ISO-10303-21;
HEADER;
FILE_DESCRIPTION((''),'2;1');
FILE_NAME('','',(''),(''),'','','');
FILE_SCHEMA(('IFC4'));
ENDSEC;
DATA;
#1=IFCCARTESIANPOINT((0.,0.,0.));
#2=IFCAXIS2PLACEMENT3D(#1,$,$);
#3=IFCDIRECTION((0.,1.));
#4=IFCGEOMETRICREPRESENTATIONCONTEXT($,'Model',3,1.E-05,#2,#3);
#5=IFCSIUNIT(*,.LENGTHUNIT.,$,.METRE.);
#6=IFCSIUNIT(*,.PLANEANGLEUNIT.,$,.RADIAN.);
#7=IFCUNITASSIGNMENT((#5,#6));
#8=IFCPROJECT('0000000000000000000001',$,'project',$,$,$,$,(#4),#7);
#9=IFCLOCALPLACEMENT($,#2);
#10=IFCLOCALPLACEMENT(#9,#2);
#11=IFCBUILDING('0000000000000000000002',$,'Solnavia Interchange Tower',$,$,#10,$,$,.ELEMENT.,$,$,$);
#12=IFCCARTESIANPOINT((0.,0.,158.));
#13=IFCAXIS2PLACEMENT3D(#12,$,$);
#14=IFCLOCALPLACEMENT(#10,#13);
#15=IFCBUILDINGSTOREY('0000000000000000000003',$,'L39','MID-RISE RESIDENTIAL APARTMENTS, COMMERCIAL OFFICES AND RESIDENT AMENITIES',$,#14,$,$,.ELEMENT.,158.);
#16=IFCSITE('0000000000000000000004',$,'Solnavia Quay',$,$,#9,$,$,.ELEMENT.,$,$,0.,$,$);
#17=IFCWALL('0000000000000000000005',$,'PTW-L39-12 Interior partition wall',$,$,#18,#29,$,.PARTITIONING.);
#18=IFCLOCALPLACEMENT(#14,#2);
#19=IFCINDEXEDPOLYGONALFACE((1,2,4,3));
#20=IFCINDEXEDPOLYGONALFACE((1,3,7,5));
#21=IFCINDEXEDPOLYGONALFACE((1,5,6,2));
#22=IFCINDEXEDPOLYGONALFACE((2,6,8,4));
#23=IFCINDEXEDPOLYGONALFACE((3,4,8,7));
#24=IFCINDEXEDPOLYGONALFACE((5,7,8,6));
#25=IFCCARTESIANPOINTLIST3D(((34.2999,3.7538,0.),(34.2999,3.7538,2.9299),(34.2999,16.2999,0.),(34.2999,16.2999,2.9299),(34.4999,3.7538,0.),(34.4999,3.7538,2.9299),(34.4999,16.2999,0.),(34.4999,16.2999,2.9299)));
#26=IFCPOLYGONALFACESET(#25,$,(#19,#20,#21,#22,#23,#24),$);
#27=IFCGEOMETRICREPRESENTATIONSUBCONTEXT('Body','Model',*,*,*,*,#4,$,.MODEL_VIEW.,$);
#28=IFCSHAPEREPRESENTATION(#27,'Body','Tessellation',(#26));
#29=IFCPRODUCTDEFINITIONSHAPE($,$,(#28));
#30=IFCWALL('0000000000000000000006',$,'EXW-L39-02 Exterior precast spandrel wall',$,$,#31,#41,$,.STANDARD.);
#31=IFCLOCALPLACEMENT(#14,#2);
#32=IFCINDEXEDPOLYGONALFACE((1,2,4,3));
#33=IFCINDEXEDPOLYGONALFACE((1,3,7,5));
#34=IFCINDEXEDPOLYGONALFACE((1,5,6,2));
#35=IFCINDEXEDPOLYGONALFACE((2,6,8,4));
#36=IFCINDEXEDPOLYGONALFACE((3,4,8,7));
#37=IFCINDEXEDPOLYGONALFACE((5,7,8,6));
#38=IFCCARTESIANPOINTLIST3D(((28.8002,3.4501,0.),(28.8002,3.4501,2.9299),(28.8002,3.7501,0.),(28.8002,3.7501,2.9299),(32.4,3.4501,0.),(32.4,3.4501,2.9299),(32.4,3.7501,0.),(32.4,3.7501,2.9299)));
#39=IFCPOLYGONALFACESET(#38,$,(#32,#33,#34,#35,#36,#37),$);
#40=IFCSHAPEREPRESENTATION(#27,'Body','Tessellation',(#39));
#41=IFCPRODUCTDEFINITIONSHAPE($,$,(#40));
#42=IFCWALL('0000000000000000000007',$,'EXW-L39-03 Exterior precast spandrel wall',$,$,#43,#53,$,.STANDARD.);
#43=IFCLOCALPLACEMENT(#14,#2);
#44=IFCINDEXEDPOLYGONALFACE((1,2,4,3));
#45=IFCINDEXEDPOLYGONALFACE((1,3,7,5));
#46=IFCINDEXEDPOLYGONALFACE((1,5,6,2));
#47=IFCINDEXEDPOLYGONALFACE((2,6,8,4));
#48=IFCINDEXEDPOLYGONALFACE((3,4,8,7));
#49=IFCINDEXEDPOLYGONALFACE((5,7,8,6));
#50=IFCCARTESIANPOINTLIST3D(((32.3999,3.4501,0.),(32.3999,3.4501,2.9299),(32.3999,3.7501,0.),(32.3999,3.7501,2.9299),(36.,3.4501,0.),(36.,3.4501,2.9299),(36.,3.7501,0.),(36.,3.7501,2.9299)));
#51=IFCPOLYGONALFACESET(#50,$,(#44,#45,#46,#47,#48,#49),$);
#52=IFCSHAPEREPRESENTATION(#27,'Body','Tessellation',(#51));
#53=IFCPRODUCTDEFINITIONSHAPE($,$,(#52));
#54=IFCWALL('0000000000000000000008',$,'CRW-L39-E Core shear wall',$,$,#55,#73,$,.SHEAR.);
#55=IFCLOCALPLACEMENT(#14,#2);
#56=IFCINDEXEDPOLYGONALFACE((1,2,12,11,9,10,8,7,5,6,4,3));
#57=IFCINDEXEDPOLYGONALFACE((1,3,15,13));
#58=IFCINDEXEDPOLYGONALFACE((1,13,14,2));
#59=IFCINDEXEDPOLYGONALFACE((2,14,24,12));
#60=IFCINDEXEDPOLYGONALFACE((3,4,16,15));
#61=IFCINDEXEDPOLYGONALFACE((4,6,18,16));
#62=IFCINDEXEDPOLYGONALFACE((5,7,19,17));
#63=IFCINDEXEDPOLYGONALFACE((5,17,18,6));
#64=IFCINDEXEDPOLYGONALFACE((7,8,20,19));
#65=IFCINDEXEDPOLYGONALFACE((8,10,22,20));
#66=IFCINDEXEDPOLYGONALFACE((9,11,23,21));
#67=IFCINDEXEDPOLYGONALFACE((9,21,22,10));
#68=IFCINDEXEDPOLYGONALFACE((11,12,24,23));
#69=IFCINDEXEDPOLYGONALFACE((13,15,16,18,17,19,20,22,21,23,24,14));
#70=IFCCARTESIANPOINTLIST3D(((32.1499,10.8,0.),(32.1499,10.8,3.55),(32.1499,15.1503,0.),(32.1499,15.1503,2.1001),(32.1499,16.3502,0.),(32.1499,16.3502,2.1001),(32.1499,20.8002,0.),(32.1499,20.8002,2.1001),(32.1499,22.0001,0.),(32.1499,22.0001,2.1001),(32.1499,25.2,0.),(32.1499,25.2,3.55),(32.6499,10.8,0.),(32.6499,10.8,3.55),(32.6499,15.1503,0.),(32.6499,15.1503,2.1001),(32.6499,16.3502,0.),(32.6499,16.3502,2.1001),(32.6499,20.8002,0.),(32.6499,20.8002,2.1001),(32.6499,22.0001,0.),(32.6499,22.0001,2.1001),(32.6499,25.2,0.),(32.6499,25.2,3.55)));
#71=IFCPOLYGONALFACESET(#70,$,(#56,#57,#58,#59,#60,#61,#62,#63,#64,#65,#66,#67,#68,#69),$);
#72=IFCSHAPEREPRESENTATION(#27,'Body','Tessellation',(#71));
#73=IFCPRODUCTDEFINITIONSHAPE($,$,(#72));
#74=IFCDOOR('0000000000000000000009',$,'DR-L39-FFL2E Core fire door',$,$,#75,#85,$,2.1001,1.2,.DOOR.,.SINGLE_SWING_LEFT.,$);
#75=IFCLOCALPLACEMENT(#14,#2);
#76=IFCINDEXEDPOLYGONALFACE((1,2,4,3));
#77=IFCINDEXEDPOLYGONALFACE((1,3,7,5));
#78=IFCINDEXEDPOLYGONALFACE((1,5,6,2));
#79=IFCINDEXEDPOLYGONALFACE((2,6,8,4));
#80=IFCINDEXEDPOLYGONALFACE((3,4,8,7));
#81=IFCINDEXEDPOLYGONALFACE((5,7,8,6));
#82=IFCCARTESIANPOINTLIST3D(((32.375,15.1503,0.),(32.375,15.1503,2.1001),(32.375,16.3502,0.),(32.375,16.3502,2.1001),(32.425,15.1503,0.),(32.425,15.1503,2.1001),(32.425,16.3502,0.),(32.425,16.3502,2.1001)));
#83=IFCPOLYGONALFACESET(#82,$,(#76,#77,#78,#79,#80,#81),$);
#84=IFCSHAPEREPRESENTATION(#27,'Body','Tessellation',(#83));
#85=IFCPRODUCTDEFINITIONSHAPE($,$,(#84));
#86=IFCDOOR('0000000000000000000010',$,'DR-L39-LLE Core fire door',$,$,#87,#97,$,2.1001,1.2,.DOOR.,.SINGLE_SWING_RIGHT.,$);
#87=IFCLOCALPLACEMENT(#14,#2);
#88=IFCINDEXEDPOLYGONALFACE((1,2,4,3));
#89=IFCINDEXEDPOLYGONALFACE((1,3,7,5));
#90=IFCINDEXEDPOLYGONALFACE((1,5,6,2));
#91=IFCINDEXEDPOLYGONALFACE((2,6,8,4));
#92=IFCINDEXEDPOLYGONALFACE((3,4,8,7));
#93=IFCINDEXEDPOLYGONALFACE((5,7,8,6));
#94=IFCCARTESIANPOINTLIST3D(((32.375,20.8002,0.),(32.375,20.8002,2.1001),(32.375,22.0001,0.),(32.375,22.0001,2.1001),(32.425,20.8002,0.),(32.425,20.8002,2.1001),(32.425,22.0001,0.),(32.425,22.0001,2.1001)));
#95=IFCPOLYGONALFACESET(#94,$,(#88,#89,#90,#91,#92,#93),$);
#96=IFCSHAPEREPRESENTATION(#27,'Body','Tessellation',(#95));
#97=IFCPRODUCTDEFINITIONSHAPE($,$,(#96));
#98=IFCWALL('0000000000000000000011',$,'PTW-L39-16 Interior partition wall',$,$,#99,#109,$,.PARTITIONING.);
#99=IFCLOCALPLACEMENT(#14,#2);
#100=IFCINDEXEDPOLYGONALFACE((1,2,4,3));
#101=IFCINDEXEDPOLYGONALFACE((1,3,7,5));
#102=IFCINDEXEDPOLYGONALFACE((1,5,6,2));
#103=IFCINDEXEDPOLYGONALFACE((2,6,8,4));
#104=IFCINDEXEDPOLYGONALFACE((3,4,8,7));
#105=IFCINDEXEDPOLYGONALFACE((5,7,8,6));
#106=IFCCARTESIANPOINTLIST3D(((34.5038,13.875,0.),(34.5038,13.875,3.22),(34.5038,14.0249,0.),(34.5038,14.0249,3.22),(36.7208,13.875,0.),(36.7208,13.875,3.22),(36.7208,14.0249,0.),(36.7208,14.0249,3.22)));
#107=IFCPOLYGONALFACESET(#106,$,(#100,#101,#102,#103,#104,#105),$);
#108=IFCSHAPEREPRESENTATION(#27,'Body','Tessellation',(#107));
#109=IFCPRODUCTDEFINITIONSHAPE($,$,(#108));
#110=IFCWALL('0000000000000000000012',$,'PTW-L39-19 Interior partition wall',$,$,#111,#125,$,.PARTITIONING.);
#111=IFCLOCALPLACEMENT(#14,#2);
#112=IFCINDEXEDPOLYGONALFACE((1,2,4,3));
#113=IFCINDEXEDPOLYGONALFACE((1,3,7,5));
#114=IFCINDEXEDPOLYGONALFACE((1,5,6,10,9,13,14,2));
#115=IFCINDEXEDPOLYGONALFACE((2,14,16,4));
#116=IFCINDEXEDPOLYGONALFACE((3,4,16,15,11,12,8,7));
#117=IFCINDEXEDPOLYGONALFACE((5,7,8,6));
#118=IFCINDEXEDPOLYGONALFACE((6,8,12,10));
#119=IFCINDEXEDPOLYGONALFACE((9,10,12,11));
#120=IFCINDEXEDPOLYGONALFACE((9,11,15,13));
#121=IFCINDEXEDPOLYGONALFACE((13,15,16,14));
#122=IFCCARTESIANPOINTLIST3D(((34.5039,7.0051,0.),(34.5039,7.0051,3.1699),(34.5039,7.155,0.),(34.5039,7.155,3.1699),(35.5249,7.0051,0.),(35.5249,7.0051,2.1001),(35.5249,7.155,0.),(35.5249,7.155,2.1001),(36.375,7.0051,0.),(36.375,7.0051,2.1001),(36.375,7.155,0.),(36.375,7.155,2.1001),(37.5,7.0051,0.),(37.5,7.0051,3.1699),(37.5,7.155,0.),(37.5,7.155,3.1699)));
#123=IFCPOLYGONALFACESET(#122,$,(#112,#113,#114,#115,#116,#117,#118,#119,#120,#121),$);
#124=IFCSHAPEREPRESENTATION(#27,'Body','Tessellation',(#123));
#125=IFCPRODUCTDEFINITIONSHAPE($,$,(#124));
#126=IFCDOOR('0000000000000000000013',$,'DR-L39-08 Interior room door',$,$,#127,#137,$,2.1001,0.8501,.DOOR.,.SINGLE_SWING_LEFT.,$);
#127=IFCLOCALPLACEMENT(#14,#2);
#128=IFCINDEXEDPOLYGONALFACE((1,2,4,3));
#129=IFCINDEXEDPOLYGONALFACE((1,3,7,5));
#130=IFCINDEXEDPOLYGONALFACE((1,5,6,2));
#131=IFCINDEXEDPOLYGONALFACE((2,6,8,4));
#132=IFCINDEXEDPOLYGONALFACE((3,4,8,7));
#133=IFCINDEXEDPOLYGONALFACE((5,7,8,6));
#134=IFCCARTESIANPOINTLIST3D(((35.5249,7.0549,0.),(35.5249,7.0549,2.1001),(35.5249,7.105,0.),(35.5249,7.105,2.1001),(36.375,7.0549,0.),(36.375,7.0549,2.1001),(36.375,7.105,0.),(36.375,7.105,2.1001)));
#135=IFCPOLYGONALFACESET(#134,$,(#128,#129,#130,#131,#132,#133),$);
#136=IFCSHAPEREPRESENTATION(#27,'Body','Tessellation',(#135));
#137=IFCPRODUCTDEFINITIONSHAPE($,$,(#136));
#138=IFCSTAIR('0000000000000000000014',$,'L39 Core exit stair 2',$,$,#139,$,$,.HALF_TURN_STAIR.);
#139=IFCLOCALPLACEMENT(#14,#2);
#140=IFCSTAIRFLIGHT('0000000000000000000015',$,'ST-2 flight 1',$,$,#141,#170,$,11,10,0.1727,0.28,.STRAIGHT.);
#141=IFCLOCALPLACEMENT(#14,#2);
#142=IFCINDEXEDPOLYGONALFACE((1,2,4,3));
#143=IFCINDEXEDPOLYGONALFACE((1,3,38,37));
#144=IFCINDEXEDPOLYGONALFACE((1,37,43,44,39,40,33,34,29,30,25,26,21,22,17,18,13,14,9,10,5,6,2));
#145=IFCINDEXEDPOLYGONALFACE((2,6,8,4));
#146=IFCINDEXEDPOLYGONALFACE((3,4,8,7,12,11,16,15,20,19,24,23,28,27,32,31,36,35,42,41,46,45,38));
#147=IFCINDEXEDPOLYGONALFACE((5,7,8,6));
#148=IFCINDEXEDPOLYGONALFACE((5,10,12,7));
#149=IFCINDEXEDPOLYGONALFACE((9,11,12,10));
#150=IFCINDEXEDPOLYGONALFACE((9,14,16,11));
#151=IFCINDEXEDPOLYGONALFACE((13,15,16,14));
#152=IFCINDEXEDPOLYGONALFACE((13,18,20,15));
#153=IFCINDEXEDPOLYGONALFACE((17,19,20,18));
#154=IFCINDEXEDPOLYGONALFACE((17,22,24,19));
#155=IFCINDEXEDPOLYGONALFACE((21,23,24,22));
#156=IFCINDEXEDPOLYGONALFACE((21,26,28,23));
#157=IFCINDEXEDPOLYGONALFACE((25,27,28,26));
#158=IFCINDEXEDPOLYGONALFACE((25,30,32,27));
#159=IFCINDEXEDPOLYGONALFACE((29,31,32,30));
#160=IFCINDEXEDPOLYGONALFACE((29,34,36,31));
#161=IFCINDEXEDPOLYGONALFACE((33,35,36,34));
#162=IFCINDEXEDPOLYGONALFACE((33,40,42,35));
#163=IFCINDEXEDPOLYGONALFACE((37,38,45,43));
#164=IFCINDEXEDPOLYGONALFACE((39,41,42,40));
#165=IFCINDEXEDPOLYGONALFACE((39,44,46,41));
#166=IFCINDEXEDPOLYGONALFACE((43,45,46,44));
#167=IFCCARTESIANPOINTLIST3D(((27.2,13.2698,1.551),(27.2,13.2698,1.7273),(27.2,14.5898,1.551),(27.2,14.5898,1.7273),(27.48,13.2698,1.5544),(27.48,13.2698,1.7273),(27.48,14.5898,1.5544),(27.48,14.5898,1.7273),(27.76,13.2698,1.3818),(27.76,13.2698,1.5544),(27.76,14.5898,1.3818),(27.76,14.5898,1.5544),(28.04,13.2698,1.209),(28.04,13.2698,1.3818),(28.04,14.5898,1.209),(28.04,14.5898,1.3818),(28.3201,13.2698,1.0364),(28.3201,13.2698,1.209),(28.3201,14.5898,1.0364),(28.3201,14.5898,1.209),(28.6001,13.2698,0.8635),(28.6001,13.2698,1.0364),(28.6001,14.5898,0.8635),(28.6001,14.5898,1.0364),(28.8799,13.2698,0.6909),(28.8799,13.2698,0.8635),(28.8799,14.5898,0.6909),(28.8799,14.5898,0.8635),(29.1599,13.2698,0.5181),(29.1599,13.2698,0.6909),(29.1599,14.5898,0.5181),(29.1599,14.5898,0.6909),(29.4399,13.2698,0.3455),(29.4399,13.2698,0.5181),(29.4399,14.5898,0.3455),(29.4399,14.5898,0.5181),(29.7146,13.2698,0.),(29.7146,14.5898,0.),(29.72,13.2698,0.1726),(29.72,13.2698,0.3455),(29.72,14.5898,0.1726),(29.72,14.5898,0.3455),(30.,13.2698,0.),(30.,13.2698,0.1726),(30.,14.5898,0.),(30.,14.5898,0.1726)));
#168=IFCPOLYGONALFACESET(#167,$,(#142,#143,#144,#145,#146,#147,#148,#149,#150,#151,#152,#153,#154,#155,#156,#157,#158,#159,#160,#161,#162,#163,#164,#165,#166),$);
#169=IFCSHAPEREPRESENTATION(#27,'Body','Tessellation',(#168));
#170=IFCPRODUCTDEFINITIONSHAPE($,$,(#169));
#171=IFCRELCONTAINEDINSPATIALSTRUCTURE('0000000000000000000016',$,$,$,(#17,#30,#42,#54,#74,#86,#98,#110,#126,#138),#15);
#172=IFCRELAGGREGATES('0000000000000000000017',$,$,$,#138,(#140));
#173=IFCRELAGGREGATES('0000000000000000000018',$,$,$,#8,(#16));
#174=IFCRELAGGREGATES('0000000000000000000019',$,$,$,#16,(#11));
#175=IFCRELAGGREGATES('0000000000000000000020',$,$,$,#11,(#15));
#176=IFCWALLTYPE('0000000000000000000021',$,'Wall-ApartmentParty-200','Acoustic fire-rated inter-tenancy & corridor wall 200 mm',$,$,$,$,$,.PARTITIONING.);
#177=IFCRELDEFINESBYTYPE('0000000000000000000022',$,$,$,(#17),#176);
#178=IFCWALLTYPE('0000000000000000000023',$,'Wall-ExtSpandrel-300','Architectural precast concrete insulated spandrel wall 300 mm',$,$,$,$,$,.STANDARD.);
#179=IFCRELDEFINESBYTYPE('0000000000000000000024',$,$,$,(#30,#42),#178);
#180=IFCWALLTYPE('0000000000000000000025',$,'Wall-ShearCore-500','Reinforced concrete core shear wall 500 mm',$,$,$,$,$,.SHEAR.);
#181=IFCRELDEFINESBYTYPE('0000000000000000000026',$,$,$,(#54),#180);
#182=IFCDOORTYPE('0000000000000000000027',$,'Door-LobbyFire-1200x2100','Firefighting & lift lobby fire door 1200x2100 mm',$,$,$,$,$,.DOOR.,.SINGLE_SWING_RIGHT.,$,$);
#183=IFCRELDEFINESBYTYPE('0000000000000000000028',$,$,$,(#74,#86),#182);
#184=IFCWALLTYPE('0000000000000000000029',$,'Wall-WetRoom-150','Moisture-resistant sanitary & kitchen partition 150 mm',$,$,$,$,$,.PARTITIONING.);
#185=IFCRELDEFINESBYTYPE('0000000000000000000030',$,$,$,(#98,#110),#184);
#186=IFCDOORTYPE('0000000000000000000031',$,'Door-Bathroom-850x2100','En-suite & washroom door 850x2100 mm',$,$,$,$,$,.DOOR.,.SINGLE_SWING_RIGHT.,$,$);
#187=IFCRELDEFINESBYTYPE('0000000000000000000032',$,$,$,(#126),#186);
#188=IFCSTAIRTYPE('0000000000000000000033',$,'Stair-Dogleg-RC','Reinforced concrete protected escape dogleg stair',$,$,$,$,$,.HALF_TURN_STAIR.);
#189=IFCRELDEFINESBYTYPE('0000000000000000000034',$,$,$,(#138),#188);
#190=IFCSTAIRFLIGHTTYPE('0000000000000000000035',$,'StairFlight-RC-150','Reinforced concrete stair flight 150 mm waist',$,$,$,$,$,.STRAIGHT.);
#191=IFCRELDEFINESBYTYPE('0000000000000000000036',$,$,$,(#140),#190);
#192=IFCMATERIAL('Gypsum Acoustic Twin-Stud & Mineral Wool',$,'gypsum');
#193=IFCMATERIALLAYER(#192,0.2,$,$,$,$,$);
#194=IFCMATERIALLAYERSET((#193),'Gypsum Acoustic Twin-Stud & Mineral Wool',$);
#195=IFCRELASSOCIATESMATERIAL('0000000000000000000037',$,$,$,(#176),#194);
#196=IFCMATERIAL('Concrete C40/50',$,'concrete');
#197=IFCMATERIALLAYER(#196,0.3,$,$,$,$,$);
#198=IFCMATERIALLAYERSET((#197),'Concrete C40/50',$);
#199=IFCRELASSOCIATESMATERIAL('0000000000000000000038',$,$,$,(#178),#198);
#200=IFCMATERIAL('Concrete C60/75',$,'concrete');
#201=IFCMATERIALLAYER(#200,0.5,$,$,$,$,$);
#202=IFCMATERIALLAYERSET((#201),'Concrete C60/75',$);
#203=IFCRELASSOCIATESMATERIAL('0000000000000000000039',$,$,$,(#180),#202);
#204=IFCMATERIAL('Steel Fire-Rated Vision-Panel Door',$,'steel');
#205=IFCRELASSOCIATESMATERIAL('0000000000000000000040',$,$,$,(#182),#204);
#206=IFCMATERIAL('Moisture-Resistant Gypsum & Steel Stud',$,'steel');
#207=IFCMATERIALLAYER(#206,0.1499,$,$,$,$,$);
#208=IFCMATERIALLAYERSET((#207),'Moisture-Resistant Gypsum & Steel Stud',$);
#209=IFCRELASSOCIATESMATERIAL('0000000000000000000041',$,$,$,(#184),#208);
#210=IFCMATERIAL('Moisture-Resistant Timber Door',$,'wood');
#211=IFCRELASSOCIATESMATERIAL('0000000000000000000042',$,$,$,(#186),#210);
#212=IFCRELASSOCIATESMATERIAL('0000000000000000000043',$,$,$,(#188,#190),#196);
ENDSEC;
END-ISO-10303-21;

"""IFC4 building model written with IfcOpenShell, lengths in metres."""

from ifc_helpers import new_model, si_unit, direction, frame, frame_2d, origin, place, context, subcontext, project, spatial, polyline, rectangle, outline, extrude, material, layer, layer_set, type_object, element, fill, aggregate, save


model = new_model("IFC4")

# Units and contexts
model_context = context("Model", 3, precision=1e-05, world=origin(), true_north=direction((0.0, 1.0)))
body_context = subcontext(model_context, "Body", "Model", "MODEL_VIEW")
ifc_project = project(units=[si_unit("LENGTHUNIT", "METRE"), si_unit("PLANEANGLEUNIT", "RADIAN")], contexts=[model_context])

# Site, building, storey
site_placement = place(None, origin())
site = spatial("IfcSite", under=ifc_project, at=site_placement, Name="Solnavia Quay", CompositionType="ELEMENT", RefElevation=0.0)
building_placement = place(site_placement, origin())
building = spatial("IfcBuilding", under=site, at=building_placement, Name="Solnavia Interchange Tower", CompositionType="ELEMENT")
storey_placement = place(building_placement, frame((0.0, 0.0, 158.0)))
storey = spatial("IfcBuildingStorey", under=building, at=storey_placement, Name="L39", Description="MID-RISE RESIDENTIAL APARTMENTS, COMMERCIAL OFFICES AND RESIDENT AMENITIES", CompositionType="ELEMENT", Elevation=158.0)

# Walls
ifc_material_1 = material(Name="Gypsum Acoustic Twin-Stud & Mineral Wool", Category="gypsum")
ifc_layer_1 = layer(ifc_material_1, 0.2)
ifc_layer_set_1 = layer_set([ifc_layer_1], Name="Gypsum Acoustic Twin-Stud & Mineral Wool")
wall_type_1 = type_object("IfcWallType", Name="Wall-ApartmentParty-200", Description="Acoustic fire-rated inter-tenancy & corridor wall 200 mm", PredefinedType="PARTITIONING", material=ifc_layer_set_1)
wall_1_placement = place(storey_placement, frame((34.3999, 3.7539, 0.0), z_axis=(0.0, 0.0, 1.0), x_axis=(0.0, 1.0, 0.0)))
element("IfcWall", 1, at=wall_1_placement, inside=storey, type_object=wall_type_1, Name="PTW-L39-12 Interior partition wall", PredefinedType="PARTITIONING", context=body_context, shape_type="SweptSolid", body=[
    extrude(rectangle(XDim=12.5461, YDim=0.2, at=frame_2d((6.2729, 0.0))), origin(), (0.0, 0.0, 1.0), 2.9299),
])
ifc_material_2 = material(Name="Concrete C40/50", Category="concrete")
ifc_layer_2 = layer(ifc_material_2, 0.3)
ifc_layer_set_2 = layer_set([ifc_layer_2], Name="Concrete C40/50")
wall_type_2 = type_object("IfcWallType", Name="Wall-ExtSpandrel-300", Description="Architectural precast concrete insulated spandrel wall 300 mm", PredefinedType="STANDARD", material=ifc_layer_set_2)
wall_2_placement = place(storey_placement, frame((32.3999, 3.6001, 0.0), z_axis=(0.0, 0.0, 1.0), x_axis=(-1.0, 0.0, 0.0)))
element("IfcWall", 2, at=wall_2_placement, inside=storey, type_object=wall_type_2, Name="EXW-L39-02 Exterior precast spandrel wall", PredefinedType="STANDARD", context=body_context, shape_type="SweptSolid", body=[
    extrude(rectangle(XDim=3.5999, YDim=0.3, at=frame_2d((1.7998, 0.0))), origin(), (0.0, 0.0, 1.0), 2.9299),
])
wall_3_placement = place(storey_placement, frame((36.0, 3.6001, 0.0), z_axis=(0.0, 0.0, 1.0), x_axis=(-1.0, 0.0, 0.0)))
element("IfcWall", 3, at=wall_3_placement, inside=storey, type_object=wall_type_2, Name="EXW-L39-03 Exterior precast spandrel wall", PredefinedType="STANDARD", context=body_context, shape_type="SweptSolid", body=[
    extrude(rectangle(XDim=3.6001, YDim=0.3, at=frame_2d((1.8, 0.0))), origin(), (0.0, 0.0, 1.0), 2.9299),
])

# Wall, openings, doors
ifc_material_3 = material(Name="Concrete C60/75", Category="concrete")
ifc_layer_3 = layer(ifc_material_3, 0.5)
ifc_layer_set_3 = layer_set([ifc_layer_3], Name="Concrete C60/75")
wall_type_3 = type_object("IfcWallType", Name="Wall-ShearCore-500", Description="Reinforced concrete core shear wall 500 mm", PredefinedType="SHEAR", material=ifc_layer_set_3)
wall_4_placement = place(storey_placement, frame((32.3999, 10.8, 0.0), z_axis=(0.0, 0.0, 1.0), x_axis=(0.0, 1.0, 0.0)))
wall_4 = element("IfcWall", 4, at=wall_4_placement, inside=storey, type_object=wall_type_3, Name="CRW-L39-E Core shear wall", PredefinedType="SHEAR", context=body_context, shape_type="SweptSolid", body=[
    extrude(rectangle(XDim=14.3999, YDim=0.5, at=frame_2d((7.2, 0.0))), origin(), (0.0, 0.0, 1.0), 3.55),
])
opening_1_placement = place(wall_4_placement, frame((4.3501, 0.0, 0.0)))
opening_1 = element("IfcOpeningElement", 5, at=opening_1_placement, cuts=wall_4, PredefinedType="OPENING", context=body_context, shape_type="SweptSolid", body=[
    extrude(rectangle(XDim=1.2, YDim=2.1001, at=frame_2d((0.6001, 1.05))), frame((0.0, 0.26, 0.0), z_axis=(0.0, -1.0, 0.0), x_axis=(1.0, 0.0, 0.0)), (0.0, 0.0, 1.0), 0.52),
])
opening_2_placement = place(wall_4_placement, frame((10.0, 0.0, 0.0)))
opening_2 = element("IfcOpeningElement", 6, at=opening_2_placement, cuts=wall_4, PredefinedType="OPENING", context=body_context, shape_type="SweptSolid", body=[
    extrude(rectangle(XDim=1.2, YDim=2.1001, at=frame_2d((0.6001, 1.05))), frame((0.0, 0.26, 0.0), z_axis=(0.0, -1.0, 0.0), x_axis=(1.0, 0.0, 0.0)), (0.0, 0.0, 1.0), 0.52),
])
ifc_material_4 = material(Name="Steel Fire-Rated Vision-Panel Door", Category="steel")
door_type_1 = type_object("IfcDoorType", Name="Door-LobbyFire-1200x2100", Description="Firefighting & lift lobby fire door 1200x2100 mm", OperationType="SINGLE_SWING_RIGHT", PredefinedType="DOOR", material=ifc_material_4)
door_1_placement = place(opening_1_placement, origin())
door_1 = element("IfcDoor", 7, at=door_1_placement, inside=storey, type_object=door_type_1, Name="DR-L39-FFL2E Core fire door", OperationType="SINGLE_SWING_LEFT", OverallHeight=2.1001, OverallWidth=1.2, PredefinedType="DOOR", context=body_context, shape_type="SweptSolid", body=[
    extrude(rectangle(XDim=1.2, YDim=2.1001, at=frame_2d((0.6001, 1.05))), frame((0.0, 0.0249, 0.0), z_axis=(0.0, -1.0, 0.0), x_axis=(1.0, 0.0, 0.0)), (0.0, 0.0, 1.0), 0.05),
])
fill(opening_1, door_1)
door_2_placement = place(opening_2_placement, origin())
door_2 = element("IfcDoor", 8, at=door_2_placement, inside=storey, type_object=door_type_1, Name="DR-L39-LLE Core fire door", OperationType="SINGLE_SWING_RIGHT", OverallHeight=2.1001, OverallWidth=1.2, PredefinedType="DOOR", context=body_context, shape_type="SweptSolid", body=[
    extrude(rectangle(XDim=1.2, YDim=2.1001, at=frame_2d((0.6001, 1.05))), frame((0.0, 0.0249, 0.0), z_axis=(0.0, -1.0, 0.0), x_axis=(1.0, 0.0, 0.0)), (0.0, 0.0, 1.0), 0.05),
])
fill(opening_2, door_2)

# Wall
ifc_material_5 = material(Name="Moisture-Resistant Gypsum & Steel Stud", Category="steel")
ifc_layer_4 = layer(ifc_material_5, 0.1499)
ifc_layer_set_4 = layer_set([ifc_layer_4], Name="Moisture-Resistant Gypsum & Steel Stud")
wall_type_4 = type_object("IfcWallType", Name="Wall-WetRoom-150", Description="Moisture-resistant sanitary & kitchen partition 150 mm", PredefinedType="PARTITIONING", material=ifc_layer_set_4)
wall_5_placement = place(storey_placement, frame((34.5039, 13.95, 0.0), z_axis=(0.0, 0.0, 1.0), x_axis=(1.0, 0.0, 0.0)))
element("IfcWall", 9, at=wall_5_placement, inside=storey, type_object=wall_type_4, Name="PTW-L39-16 Interior partition wall", PredefinedType="PARTITIONING", context=body_context, shape_type="SweptSolid", body=[
    extrude(rectangle(XDim=2.217, YDim=0.1499, at=frame_2d((1.1084, 0.0))), origin(), (0.0, 0.0, 1.0), 3.22),
])

# Wall, opening, door
wall_6_placement = place(storey_placement, frame((34.5039, 7.0801, 0.0), z_axis=(0.0, 0.0, 1.0), x_axis=(1.0, 0.0, 0.0)))
wall_6 = element("IfcWall", 10, at=wall_6_placement, inside=storey, type_object=wall_type_4, Name="PTW-L39-19 Interior partition wall", PredefinedType="PARTITIONING", context=body_context, shape_type="SweptSolid", body=[
    extrude(rectangle(XDim=2.9961, YDim=0.1499, at=frame_2d((1.498, 0.0))), origin(), (0.0, 0.0, 1.0), 3.1699),
])
opening_3_placement = place(wall_6_placement, frame((1.021, 0.0, 0.0)))
opening_3 = element("IfcOpeningElement", 11, at=opening_3_placement, cuts=wall_6, PredefinedType="OPENING", context=body_context, shape_type="SweptSolid", body=[
    extrude(rectangle(XDim=0.8501, YDim=2.1001, at=frame_2d((0.425, 1.05))), frame((0.0, 0.085, 0.0), z_axis=(0.0, -1.0, 0.0), x_axis=(1.0, 0.0, 0.0)), (0.0, 0.0, 1.0), 0.1699),
])
ifc_material_6 = material(Name="Moisture-Resistant Timber Door", Category="wood")
door_type_2 = type_object("IfcDoorType", Name="Door-Bathroom-850x2100", Description="En-suite & washroom door 850x2100 mm", OperationType="SINGLE_SWING_RIGHT", PredefinedType="DOOR", material=ifc_material_6)
door_3_placement = place(opening_3_placement, origin())
door_3 = element("IfcDoor", 12, at=door_3_placement, inside=storey, type_object=door_type_2, Name="DR-L39-08 Interior room door", OperationType="SINGLE_SWING_LEFT", OverallHeight=2.1001, OverallWidth=0.8501, PredefinedType="DOOR", context=body_context, shape_type="SweptSolid", body=[
    extrude(rectangle(XDim=0.8501, YDim=2.1001, at=frame_2d((0.425, 1.05))), frame((0.0, 0.0249, 0.0), z_axis=(0.0, -1.0, 0.0), x_axis=(1.0, 0.0, 0.0)), (0.0, 0.0, 1.0), 0.05),
])
fill(opening_3, door_3)

# Stair, stair flight
stair_type = type_object("IfcStairType", Name="Stair-Dogleg-RC", Description="Reinforced concrete protected escape dogleg stair", PredefinedType="HALF_TURN_STAIR", material=ifc_material_2)
stair_placement = place(storey_placement, origin())
stair = element("IfcStair", 13, at=stair_placement, inside=storey, type_object=stair_type, Name="L39 Core exit stair 2", PredefinedType="HALF_TURN_STAIR")
stair_flight_type = type_object("IfcStairFlightType", Name="StairFlight-RC-150", Description="Reinforced concrete stair flight 150 mm waist", PredefinedType="STRAIGHT", material=ifc_material_2)
stair_flight_placement = place(storey_placement, frame((30.0, 13.9299, 0.0), z_axis=(0.0, 0.0, 1.0), x_axis=(-1.0, 0.0, 0.0)))
stair_flight = element("IfcStairFlight", 14, at=stair_flight_placement, type_object=stair_flight_type, Name="ST-2 flight 1", NumberOfRisers=11, NumberOfTreads=10, PredefinedType="STRAIGHT", RiserHeight=0.1727, TreadLength=0.28, context=body_context, shape_type="SweptSolid", body=[
    extrude(outline(polyline([(0.0, 0.0), (0.0, 0.1726), (0.28, 0.1726), (0.28, 0.3455), (0.5601, 0.3455), (0.5601, 0.5181), (0.8401, 0.5181), (0.8401, 0.6909), (1.1201, 0.6909), (1.1201, 0.8635), (1.3999, 0.8635), (1.3999, 1.0364), (1.6799, 1.0364), (1.6799, 1.209), (1.96, 1.209), (1.96, 1.3818), (2.24, 1.3818), (2.24, 1.5544), (2.52, 1.5544), (2.52, 1.7273), (2.8, 1.7273), (2.8, 1.8999), (2.8, 1.551), (0.2854, 0.0), (0.0, 0.0)])), frame((0.0, 0.6602, 0.0), z_axis=(0.0, -1.0, 0.0), x_axis=(1.0, 0.0, 0.0)), (0.0, 0.0, 1.0), 1.3201),
])
aggregate(stair, [stair_flight])

save(model, "model.ifc")
